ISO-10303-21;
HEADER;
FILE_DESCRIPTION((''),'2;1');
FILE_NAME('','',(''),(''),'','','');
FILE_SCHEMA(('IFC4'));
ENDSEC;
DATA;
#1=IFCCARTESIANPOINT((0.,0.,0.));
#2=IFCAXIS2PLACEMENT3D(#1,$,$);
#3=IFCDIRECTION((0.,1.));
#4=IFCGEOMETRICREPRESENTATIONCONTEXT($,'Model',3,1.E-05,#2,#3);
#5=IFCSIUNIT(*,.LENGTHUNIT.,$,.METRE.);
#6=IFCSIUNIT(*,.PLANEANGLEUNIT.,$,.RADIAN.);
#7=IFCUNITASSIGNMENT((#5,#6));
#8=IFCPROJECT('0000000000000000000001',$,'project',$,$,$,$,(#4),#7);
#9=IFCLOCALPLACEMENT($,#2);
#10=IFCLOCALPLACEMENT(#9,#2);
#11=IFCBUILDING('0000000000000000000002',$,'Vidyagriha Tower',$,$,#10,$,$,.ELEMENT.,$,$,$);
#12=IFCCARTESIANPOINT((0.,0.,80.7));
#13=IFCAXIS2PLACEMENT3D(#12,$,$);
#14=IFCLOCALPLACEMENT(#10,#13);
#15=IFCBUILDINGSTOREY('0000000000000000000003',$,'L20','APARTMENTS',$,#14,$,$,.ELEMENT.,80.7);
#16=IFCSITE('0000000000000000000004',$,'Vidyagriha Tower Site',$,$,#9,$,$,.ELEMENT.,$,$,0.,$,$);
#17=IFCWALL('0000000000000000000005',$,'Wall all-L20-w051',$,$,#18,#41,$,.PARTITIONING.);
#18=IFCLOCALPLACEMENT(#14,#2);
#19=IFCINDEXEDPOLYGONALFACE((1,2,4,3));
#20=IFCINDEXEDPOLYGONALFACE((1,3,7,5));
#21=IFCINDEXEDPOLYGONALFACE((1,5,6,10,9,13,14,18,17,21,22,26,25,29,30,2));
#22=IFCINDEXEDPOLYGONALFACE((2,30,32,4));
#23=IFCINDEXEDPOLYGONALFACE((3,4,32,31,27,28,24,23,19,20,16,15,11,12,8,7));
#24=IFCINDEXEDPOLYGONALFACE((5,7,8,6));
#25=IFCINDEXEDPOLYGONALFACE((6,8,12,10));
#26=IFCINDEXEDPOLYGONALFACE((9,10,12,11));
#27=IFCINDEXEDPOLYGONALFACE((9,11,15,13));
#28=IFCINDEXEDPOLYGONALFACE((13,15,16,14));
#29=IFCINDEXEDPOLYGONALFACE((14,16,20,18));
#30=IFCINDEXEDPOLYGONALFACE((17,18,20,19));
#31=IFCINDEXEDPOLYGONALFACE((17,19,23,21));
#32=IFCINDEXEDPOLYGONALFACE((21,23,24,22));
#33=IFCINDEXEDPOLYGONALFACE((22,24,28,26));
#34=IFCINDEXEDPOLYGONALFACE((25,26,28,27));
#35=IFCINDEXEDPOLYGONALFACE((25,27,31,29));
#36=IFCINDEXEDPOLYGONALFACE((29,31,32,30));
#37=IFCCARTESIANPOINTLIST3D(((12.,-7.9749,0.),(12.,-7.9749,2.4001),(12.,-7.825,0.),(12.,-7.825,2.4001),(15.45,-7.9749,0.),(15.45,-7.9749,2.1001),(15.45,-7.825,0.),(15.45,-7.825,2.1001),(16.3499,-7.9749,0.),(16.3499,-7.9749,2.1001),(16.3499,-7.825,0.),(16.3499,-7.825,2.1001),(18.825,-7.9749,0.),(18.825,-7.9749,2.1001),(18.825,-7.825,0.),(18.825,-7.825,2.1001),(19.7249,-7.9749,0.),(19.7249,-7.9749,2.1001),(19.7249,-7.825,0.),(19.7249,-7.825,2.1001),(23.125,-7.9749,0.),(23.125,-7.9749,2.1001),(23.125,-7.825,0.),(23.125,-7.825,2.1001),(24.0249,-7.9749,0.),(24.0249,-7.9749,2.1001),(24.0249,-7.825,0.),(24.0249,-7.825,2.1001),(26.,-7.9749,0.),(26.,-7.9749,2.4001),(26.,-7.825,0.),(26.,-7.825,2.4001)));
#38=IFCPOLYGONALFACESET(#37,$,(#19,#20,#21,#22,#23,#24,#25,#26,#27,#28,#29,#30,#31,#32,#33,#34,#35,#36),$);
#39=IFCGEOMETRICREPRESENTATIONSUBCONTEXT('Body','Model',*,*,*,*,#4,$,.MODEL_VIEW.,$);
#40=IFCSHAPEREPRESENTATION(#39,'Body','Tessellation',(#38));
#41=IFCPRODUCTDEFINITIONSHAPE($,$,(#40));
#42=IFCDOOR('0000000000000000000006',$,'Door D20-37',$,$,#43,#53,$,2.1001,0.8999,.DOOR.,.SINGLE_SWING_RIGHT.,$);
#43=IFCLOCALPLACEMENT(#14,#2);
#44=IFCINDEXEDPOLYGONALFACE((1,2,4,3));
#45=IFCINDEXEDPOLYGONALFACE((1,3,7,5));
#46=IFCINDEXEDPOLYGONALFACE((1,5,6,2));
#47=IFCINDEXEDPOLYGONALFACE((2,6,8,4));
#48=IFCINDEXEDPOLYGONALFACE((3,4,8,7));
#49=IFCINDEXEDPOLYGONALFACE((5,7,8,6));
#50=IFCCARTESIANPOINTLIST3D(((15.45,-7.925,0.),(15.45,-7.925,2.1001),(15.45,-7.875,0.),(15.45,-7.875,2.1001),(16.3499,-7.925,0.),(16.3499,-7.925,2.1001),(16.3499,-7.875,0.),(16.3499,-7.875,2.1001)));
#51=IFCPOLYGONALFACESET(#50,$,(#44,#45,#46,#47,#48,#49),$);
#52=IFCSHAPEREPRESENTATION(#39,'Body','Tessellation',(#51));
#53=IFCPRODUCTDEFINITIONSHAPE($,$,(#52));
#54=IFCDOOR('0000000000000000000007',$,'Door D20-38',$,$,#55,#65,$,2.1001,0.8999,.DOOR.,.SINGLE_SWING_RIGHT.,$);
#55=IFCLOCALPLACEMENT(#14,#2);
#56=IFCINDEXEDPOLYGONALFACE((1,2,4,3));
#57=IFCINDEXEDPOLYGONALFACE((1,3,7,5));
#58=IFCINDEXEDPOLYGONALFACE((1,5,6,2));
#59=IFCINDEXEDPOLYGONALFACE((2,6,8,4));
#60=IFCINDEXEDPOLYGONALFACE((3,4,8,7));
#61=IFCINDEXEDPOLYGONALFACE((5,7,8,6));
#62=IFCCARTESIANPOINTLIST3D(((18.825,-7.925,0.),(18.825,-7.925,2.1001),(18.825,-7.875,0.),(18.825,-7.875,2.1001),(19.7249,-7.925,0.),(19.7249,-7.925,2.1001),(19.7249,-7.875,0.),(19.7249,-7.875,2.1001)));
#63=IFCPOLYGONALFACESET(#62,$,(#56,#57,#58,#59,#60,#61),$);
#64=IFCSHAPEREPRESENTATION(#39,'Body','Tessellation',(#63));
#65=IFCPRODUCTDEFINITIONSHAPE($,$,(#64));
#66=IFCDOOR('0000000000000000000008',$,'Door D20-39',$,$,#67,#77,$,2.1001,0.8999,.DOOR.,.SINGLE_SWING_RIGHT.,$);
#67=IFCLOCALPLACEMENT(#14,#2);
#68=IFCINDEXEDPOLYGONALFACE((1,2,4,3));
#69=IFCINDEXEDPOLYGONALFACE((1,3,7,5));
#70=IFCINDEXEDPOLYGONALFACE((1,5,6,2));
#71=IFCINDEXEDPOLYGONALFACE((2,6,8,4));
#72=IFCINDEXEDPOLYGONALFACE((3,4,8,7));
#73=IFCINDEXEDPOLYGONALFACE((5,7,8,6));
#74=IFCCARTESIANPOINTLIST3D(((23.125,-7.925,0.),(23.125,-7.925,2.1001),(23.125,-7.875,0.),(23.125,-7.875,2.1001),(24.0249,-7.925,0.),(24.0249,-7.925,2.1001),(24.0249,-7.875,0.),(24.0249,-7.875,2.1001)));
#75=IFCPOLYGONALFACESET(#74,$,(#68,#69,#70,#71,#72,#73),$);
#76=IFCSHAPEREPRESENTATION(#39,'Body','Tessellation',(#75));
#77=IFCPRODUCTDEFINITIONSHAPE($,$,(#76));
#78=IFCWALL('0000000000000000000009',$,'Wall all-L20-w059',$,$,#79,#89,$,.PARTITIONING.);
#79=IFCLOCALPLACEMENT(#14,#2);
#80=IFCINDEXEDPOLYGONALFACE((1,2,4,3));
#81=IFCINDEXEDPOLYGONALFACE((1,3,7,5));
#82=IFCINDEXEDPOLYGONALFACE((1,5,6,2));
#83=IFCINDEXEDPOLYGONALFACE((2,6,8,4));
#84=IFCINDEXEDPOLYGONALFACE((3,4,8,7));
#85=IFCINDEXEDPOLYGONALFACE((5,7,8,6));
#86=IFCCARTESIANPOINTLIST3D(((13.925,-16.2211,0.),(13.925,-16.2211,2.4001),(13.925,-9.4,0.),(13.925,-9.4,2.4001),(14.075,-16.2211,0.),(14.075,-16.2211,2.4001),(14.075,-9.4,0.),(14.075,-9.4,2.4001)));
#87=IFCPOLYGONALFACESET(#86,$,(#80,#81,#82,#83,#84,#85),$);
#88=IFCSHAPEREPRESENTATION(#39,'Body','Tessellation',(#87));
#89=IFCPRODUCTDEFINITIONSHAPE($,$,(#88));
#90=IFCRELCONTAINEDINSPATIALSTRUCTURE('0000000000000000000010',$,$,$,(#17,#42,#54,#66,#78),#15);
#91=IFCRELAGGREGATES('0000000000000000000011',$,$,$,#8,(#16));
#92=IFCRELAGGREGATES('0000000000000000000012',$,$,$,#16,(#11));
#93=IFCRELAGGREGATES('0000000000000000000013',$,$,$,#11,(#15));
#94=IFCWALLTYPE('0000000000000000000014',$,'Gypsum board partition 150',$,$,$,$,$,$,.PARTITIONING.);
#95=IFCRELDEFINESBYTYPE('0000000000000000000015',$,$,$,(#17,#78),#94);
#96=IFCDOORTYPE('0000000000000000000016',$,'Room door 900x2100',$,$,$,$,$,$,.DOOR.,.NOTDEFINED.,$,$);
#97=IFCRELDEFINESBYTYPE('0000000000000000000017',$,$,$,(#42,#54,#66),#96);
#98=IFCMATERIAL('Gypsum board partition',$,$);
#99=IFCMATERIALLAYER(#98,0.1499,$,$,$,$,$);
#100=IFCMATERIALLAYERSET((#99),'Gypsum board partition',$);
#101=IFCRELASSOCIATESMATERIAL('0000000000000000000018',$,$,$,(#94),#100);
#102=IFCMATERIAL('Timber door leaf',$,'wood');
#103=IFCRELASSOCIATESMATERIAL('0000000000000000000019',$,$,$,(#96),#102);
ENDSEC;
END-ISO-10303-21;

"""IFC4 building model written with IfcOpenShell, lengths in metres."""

from ifc_helpers import new_model, si_unit, direction, frame, frame_2d, origin, place, context, subcontext, project, spatial, rectangle, extrude, material, layer, layer_set, type_object, element, fill, save


model = new_model("IFC4")

# Units and contexts
model_context = context("Model", 3, precision=1e-05, world=origin(), true_north=direction((0.0, 1.0)))
body_context = subcontext(model_context, "Body", "Model", "MODEL_VIEW")
ifc_project = project(units=[si_unit("LENGTHUNIT", "METRE"), si_unit("PLANEANGLEUNIT", "RADIAN")], contexts=[model_context])

# Site, building, storey
site_placement = place(None, origin())
site = spatial("IfcSite", under=ifc_project, at=site_placement, Name="Vidyagriha Tower Site", CompositionType="ELEMENT", RefElevation=0.0)
building_placement = place(site_placement, origin())
building = spatial("IfcBuilding", under=site, at=building_placement, Name="Vidyagriha Tower", CompositionType="ELEMENT")
storey_placement = place(building_placement, frame((0.0, 0.0, 80.7)))
storey = spatial("IfcBuildingStorey", under=building, at=storey_placement, Name="L20", Description="APARTMENTS", CompositionType="ELEMENT", Elevation=80.7)

# Shared definitions
ifc_material_1 = material(Name="Gypsum board partition")
ifc_layer_1 = layer(ifc_material_1, 0.1499)
ifc_layer_set_1 = layer_set([ifc_layer_1], Name="Gypsum board partition")
wall_type_1 = type_object("IfcWallType", Name="Gypsum board partition 150", PredefinedType="PARTITIONING", material=ifc_layer_set_1)
ifc_material_2 = material(Name="Timber door leaf", Category="wood")
door_type_1 = type_object("IfcDoorType", Name="Room door 900x2100", OperationType="NOTDEFINED", PredefinedType="DOOR", material=ifc_material_2)

# Wall, openings, doors
wall_1_placement = place(storey_placement, frame((12.0, -7.8999, 0.0)))
wall_1 = element("IfcWall", 1, at=wall_1_placement, inside=storey, type_object=wall_type_1, Name="Wall all-L20-w051", PredefinedType="PARTITIONING", context=body_context, shape_type="SweptSolid", body=[
    extrude(rectangle(XDim=14.0, YDim=0.1499, at=frame_2d((7.0, 0.0))), origin(), (0.0, 0.0, 1.0), 2.4001),
])
opening_1_placement = place(wall_1_placement, frame((3.45, 0.0, 0.0)))
opening_1 = element("IfcOpeningElement", 2, at=opening_1_placement, cuts=wall_1, PredefinedType="OPENING", context=body_context, shape_type="SweptSolid", body=[
    extrude(rectangle(XDim=0.8999, YDim=2.1001, at=frame_2d((0.45, 1.05))), frame((0.0, 0.085, 0.0), z_axis=(0.0, -1.0, 0.0), x_axis=(1.0, 0.0, 0.0)), (0.0, 0.0, 1.0), 0.1699),
])
opening_2_placement = place(wall_1_placement, frame((6.825, 0.0, 0.0)))
opening_2 = element("IfcOpeningElement", 3, at=opening_2_placement, cuts=wall_1, PredefinedType="OPENING", context=body_context, shape_type="SweptSolid", body=[
    extrude(rectangle(XDim=0.8999, YDim=2.1001, at=frame_2d((0.45, 1.05))), frame((0.0, 0.085, 0.0), z_axis=(0.0, -1.0, 0.0), x_axis=(1.0, 0.0, 0.0)), (0.0, 0.0, 1.0), 0.1699),
])
opening_3_placement = place(wall_1_placement, frame((11.125, 0.0, 0.0)))
opening_3 = element("IfcOpeningElement", 4, at=opening_3_placement, cuts=wall_1, PredefinedType="OPENING", context=body_context, shape_type="SweptSolid", body=[
    extrude(rectangle(XDim=0.8999, YDim=2.1001, at=frame_2d((0.45, 1.05))), frame((0.0, 0.085, 0.0), z_axis=(0.0, -1.0, 0.0), x_axis=(1.0, 0.0, 0.0)), (0.0, 0.0, 1.0), 0.1699),
])
door_1_placement = place(opening_1_placement, origin())
door_1 = element("IfcDoor", 5, at=door_1_placement, inside=storey, type_object=door_type_1, Name="Door D20-37", OperationType="SINGLE_SWING_RIGHT", OverallHeight=2.1001, OverallWidth=0.8999, PredefinedType="DOOR", context=body_context, shape_type="SweptSolid", body=[
    extrude(rectangle(XDim=0.8999, YDim=2.1001, at=frame_2d((0.45, 1.05))), frame((0.0, 0.0249, 0.0), z_axis=(0.0, -1.0, 0.0), x_axis=(1.0, 0.0, 0.0)), (0.0, 0.0, 1.0), 0.05),
])
fill(opening_1, door_1)
door_2_placement = place(opening_2_placement, origin())
door_2 = element("IfcDoor", 6, at=door_2_placement, inside=storey, type_object=door_type_1, Name="Door D20-38", OperationType="SINGLE_SWING_RIGHT", OverallHeight=2.1001, OverallWidth=0.8999, PredefinedType="DOOR", context=body_context, shape_type="SweptSolid", body=[
    extrude(rectangle(XDim=0.8999, YDim=2.1001, at=frame_2d((0.45, 1.05))), frame((0.0, 0.0249, 0.0), z_axis=(0.0, -1.0, 0.0), x_axis=(1.0, 0.0, 0.0)), (0.0, 0.0, 1.0), 0.05),
])
fill(opening_2, door_2)
door_3_placement = place(opening_3_placement, origin())
door_3 = element("IfcDoor", 7, at=door_3_placement, inside=storey, type_object=door_type_1, Name="Door D20-39", OperationType="SINGLE_SWING_RIGHT", OverallHeight=2.1001, OverallWidth=0.8999, PredefinedType="DOOR", context=body_context, shape_type="SweptSolid", body=[
    extrude(rectangle(XDim=0.8999, YDim=2.1001, at=frame_2d((0.45, 1.05))), frame((0.0, 0.0249, 0.0), z_axis=(0.0, -1.0, 0.0), x_axis=(1.0, 0.0, 0.0)), (0.0, 0.0, 1.0), 0.05),
])
fill(opening_3, door_3)

# Wall
wall_2_placement = place(storey_placement, frame((14.0, -9.3999, 0.0), z_axis=(0.0, 0.0, 1.0), x_axis=(0.0, -1.0, 0.0)))
element("IfcWall", 8, at=wall_2_placement, inside=storey, type_object=wall_type_1, Name="Wall all-L20-w059", PredefinedType="PARTITIONING", context=body_context, shape_type="SweptSolid", body=[
    extrude(rectangle(XDim=6.821, YDim=0.1499, at=frame_2d((3.4106, 0.0))), origin(), (0.0, 0.0, 1.0), 2.4001),
])

save(model, "model.ifc")
